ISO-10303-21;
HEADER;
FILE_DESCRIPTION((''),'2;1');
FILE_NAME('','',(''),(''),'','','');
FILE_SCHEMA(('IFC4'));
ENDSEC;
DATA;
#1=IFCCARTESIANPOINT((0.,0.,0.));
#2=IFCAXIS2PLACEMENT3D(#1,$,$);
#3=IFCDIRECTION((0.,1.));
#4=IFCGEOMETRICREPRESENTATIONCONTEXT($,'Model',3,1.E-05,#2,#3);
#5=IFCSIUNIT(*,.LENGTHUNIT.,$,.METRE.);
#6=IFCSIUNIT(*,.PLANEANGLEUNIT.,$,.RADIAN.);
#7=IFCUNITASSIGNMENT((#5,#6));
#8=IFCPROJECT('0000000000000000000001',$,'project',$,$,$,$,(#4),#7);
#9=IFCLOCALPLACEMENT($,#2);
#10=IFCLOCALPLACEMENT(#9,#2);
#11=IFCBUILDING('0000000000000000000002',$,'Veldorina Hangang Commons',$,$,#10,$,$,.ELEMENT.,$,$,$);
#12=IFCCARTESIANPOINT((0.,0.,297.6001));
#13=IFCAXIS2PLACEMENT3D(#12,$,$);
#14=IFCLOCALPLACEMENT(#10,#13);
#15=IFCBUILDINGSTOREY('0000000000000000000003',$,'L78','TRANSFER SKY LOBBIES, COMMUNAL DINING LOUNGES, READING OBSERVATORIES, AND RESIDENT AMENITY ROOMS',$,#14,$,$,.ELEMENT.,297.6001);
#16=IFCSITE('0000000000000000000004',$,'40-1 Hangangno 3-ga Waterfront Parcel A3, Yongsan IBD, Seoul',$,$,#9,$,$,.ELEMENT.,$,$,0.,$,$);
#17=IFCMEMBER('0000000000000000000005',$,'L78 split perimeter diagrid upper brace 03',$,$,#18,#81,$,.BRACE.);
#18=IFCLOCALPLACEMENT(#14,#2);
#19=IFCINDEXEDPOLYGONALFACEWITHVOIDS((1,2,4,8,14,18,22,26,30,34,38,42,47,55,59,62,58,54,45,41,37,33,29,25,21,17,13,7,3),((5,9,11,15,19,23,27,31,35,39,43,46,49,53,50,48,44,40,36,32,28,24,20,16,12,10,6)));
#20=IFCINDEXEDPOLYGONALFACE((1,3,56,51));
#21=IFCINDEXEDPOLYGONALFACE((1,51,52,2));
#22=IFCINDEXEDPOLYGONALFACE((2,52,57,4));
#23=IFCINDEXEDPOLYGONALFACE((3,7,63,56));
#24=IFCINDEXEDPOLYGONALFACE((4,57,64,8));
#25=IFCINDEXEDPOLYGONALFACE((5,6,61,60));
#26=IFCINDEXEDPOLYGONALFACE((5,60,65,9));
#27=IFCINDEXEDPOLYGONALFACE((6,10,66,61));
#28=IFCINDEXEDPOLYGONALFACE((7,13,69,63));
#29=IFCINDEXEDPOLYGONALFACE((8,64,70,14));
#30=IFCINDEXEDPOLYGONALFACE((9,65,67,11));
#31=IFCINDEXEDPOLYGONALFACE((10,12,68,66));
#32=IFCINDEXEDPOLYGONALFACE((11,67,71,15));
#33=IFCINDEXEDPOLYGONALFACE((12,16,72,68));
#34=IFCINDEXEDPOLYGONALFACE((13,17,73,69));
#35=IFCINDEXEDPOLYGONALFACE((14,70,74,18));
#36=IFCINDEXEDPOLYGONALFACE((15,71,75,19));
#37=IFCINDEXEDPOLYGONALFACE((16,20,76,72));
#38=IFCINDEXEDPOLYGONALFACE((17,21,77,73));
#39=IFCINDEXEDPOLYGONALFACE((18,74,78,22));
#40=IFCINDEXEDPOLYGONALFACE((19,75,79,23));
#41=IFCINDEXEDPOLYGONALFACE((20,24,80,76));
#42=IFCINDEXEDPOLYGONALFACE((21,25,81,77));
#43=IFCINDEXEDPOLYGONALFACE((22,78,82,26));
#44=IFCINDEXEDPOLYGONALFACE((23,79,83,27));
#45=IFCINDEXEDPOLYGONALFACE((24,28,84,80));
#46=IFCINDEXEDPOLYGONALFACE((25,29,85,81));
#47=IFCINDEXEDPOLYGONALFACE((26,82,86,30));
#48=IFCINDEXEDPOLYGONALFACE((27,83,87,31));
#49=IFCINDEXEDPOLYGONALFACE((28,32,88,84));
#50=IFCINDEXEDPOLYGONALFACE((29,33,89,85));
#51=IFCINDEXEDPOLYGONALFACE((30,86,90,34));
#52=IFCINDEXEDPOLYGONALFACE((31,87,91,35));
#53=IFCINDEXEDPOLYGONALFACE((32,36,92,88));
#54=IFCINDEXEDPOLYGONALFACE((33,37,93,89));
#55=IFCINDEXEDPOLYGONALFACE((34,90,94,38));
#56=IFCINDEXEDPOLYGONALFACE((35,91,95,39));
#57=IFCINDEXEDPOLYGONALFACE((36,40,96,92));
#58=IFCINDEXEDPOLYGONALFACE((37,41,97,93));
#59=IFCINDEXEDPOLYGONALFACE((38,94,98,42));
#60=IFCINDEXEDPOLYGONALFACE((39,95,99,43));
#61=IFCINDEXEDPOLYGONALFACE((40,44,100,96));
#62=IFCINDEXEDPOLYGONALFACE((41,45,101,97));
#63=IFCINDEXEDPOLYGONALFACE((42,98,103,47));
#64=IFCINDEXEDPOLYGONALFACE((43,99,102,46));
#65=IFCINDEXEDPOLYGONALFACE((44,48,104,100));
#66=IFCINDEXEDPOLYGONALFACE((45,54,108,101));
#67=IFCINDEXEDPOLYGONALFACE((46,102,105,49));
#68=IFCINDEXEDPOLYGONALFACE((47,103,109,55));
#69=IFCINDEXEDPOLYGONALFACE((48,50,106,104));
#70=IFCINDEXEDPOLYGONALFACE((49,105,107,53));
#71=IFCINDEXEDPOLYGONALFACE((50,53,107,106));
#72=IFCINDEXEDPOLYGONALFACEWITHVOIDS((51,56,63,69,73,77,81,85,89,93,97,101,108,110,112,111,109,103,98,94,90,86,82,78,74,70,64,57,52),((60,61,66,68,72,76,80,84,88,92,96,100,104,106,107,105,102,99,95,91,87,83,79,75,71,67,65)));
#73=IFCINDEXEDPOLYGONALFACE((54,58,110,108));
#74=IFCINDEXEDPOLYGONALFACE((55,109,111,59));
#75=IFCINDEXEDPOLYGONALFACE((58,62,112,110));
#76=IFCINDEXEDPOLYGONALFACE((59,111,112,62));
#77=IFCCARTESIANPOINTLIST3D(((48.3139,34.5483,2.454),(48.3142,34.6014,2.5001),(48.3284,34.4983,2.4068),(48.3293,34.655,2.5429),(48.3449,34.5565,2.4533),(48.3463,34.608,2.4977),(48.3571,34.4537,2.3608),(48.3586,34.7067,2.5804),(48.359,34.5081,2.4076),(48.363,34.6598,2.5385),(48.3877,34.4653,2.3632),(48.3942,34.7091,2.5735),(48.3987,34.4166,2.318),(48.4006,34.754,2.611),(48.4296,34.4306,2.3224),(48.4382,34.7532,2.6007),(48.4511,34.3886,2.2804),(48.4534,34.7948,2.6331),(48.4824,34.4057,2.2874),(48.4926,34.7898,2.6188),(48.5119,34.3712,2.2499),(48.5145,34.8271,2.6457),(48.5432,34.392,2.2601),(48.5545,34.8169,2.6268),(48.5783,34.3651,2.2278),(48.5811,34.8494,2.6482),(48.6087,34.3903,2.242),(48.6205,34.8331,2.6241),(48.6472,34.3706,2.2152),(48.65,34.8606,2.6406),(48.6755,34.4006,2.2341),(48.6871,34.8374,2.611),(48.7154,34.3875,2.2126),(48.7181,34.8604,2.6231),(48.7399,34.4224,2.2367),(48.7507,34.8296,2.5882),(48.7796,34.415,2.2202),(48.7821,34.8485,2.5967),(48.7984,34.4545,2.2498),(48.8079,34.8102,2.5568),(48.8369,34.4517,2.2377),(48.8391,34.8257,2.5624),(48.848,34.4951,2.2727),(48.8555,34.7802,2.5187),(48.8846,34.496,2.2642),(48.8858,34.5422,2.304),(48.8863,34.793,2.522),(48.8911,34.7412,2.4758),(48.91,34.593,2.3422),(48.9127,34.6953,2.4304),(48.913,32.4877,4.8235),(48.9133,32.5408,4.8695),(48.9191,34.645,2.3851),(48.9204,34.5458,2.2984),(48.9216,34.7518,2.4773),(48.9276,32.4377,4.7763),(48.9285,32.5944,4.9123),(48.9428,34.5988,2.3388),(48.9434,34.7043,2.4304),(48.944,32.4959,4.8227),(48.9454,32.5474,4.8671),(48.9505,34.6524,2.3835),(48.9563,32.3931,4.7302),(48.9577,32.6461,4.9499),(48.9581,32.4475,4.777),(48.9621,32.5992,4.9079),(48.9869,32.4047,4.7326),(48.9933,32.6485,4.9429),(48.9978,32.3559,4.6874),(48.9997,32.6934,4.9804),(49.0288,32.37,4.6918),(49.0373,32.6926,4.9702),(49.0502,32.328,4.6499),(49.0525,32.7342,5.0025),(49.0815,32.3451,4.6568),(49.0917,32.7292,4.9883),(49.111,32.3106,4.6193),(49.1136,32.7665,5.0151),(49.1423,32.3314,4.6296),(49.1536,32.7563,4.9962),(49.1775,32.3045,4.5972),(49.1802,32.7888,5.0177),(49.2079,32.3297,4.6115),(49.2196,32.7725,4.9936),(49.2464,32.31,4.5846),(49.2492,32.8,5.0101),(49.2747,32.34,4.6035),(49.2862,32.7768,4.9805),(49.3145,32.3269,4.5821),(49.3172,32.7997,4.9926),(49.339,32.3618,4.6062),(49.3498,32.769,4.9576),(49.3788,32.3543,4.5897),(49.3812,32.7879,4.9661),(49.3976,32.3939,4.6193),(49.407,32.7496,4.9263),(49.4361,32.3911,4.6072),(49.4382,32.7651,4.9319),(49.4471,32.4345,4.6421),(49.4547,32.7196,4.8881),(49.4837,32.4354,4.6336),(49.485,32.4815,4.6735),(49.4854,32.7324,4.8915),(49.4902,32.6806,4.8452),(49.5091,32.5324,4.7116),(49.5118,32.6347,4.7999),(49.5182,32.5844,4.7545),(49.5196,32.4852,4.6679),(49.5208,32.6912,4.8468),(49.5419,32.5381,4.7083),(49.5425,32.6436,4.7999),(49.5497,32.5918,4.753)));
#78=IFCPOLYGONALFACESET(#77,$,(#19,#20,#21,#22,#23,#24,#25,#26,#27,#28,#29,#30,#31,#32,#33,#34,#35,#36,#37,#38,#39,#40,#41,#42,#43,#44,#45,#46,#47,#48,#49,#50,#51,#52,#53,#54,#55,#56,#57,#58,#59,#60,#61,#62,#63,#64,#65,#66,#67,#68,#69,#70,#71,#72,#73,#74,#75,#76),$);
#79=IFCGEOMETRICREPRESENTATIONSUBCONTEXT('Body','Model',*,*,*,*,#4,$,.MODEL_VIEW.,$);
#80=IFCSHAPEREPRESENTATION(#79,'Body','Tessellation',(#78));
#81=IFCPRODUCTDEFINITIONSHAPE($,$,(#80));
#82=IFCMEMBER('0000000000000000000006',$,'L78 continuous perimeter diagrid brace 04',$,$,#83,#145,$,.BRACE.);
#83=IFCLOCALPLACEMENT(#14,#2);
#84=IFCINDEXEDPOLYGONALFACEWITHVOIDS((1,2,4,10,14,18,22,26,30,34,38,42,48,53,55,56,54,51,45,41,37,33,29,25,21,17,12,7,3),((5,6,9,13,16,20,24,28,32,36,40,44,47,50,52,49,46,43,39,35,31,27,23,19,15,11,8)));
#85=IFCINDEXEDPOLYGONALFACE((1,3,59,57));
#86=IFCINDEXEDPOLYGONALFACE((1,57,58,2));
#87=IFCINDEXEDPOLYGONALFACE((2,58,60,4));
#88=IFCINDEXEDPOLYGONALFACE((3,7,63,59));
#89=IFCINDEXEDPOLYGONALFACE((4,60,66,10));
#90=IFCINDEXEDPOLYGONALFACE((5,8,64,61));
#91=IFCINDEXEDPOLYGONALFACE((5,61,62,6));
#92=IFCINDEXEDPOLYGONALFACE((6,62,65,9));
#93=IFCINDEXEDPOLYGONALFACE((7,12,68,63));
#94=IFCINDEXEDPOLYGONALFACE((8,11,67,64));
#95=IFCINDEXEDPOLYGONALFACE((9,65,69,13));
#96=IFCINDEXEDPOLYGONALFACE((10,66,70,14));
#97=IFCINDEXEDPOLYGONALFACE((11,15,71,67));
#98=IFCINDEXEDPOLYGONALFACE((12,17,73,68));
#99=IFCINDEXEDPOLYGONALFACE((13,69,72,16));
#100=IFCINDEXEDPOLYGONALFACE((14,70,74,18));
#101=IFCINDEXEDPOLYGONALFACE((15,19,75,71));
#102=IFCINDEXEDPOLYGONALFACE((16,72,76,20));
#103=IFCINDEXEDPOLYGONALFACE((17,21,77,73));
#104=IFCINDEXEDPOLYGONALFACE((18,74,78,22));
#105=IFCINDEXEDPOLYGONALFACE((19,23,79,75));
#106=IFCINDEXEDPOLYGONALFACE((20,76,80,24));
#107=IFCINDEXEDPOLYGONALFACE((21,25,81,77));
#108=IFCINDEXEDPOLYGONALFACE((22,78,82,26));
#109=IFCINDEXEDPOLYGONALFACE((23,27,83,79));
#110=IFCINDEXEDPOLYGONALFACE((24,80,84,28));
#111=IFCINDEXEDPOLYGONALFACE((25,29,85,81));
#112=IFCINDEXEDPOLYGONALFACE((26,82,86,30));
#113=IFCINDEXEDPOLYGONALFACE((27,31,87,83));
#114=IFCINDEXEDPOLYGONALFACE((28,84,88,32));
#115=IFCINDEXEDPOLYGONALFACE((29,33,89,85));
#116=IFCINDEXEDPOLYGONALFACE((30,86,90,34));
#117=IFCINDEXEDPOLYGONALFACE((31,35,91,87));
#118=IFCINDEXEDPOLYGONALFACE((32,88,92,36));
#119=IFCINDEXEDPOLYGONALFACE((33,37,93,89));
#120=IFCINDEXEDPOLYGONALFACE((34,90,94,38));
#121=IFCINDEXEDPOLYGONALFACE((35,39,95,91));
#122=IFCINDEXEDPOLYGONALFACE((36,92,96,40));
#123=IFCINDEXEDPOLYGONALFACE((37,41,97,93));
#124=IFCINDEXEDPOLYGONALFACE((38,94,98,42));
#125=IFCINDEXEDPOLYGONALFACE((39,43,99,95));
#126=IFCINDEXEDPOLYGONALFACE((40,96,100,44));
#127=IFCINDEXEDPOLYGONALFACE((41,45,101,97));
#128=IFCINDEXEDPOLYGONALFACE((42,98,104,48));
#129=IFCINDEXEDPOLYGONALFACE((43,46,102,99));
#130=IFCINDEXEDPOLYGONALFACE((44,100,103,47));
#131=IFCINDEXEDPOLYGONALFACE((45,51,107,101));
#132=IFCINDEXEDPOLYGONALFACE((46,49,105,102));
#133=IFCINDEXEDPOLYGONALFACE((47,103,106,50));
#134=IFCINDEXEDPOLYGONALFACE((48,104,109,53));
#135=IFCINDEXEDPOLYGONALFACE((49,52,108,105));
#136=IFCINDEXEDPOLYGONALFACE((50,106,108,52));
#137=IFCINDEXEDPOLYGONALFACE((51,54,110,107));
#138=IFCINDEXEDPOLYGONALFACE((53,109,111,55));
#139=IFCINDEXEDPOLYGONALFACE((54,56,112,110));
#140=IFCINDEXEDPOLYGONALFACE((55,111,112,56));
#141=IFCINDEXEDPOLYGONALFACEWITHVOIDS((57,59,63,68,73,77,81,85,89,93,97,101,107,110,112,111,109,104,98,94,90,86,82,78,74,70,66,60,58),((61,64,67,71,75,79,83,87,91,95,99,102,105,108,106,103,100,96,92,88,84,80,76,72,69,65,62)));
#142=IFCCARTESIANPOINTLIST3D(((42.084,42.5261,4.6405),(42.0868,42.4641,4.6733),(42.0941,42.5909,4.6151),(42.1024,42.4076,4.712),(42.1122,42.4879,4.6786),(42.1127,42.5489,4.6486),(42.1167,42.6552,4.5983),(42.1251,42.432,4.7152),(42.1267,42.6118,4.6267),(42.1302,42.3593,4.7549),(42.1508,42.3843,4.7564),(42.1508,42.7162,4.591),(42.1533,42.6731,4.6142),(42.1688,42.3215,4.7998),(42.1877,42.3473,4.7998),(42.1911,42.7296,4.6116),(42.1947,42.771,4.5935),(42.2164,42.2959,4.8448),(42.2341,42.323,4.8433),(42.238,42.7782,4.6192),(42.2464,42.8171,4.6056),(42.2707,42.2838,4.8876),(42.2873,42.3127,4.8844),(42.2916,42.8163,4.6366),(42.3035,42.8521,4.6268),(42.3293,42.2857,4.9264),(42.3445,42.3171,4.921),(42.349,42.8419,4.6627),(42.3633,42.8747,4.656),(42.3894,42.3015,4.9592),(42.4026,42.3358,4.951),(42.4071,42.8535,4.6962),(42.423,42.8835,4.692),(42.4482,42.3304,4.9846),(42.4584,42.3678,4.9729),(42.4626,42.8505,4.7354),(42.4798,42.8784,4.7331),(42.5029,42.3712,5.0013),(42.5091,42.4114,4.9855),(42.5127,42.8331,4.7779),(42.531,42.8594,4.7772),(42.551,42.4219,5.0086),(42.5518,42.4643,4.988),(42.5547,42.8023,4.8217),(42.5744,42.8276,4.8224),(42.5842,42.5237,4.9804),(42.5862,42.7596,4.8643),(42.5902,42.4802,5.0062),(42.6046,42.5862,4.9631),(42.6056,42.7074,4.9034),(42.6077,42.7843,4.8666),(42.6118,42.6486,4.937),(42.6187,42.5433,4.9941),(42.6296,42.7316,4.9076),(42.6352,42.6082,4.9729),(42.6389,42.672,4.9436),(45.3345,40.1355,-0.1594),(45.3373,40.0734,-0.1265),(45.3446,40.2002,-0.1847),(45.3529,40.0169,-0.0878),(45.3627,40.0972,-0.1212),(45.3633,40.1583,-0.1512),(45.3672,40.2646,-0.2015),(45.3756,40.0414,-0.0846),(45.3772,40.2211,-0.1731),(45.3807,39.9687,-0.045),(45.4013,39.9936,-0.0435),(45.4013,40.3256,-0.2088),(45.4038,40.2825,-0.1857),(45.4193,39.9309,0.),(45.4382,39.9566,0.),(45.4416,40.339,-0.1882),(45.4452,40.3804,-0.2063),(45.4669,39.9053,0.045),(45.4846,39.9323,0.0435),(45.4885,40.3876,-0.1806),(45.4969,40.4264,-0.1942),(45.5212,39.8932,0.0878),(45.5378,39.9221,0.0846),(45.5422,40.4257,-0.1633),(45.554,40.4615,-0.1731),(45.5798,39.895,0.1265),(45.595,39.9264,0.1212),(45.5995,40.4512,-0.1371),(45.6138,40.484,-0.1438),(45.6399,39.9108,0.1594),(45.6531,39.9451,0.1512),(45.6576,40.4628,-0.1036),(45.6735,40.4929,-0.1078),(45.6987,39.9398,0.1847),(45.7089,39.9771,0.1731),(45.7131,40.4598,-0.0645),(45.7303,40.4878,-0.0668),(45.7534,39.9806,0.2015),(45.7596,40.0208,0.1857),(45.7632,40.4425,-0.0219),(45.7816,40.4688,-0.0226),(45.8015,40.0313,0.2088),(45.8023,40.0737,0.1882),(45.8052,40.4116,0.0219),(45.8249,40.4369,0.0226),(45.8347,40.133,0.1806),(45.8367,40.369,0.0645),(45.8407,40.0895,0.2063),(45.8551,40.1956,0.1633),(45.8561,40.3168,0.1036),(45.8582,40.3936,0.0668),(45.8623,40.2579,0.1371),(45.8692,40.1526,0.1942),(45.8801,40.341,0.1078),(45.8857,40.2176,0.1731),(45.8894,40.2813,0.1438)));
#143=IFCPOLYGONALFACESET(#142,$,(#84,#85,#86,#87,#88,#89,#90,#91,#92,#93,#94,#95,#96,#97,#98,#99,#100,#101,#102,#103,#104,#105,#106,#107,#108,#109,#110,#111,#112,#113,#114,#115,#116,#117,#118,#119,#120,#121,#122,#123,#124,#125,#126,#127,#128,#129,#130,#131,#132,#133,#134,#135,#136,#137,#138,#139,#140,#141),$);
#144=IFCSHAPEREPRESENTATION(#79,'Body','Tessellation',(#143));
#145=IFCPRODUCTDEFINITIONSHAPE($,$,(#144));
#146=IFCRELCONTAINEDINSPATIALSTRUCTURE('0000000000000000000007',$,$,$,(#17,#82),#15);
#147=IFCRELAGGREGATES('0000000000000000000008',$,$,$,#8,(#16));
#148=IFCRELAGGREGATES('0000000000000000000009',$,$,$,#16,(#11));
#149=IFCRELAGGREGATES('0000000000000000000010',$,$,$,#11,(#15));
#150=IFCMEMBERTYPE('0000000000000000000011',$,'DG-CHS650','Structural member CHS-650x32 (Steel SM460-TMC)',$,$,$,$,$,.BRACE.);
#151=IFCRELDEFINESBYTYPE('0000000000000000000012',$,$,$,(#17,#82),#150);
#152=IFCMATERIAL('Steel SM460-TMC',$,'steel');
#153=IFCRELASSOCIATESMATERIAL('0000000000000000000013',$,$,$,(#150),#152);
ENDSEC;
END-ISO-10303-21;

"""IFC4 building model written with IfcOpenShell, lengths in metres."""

from ifc_helpers import new_model, si_unit, direction, frame, origin, origin_2d, place, context, subcontext, project, spatial, hollow_circle, extrude, material, material_profile, profile_set, type_object, element, save


model = new_model("IFC4")

# Units and contexts
model_context = context("Model", 3, precision=1e-05, world=origin(), true_north=direction((0.0, 1.0)))
body_context = subcontext(model_context, "Body", "Model", "MODEL_VIEW")
ifc_project = project(units=[si_unit("LENGTHUNIT", "METRE"), si_unit("PLANEANGLEUNIT", "RADIAN")], contexts=[model_context])

# Site, building, storey
site_placement = place(None, origin())
site = spatial("IfcSite", under=ifc_project, at=site_placement, Name="40-1 Hangangno 3-ga Waterfront Parcel A3, Yongsan IBD, Seoul", CompositionType="ELEMENT", RefElevation=0.0)
building_placement = place(site_placement, origin())
building = spatial("IfcBuilding", under=site, at=building_placement, Name="Veldorina Hangang Commons", CompositionType="ELEMENT")
storey_placement = place(building_placement, frame((0.0, 0.0, 297.6001)))
storey = spatial("IfcBuildingStorey", under=building, at=storey_placement, Name="L78", Description="TRANSFER SKY LOBBIES, COMMUNAL DINING LOUNGES, READING OBSERVATORIES, AND RESIDENT AMENITY ROOMS", CompositionType="ELEMENT", Elevation=297.6001)

# Shared definitions
ifc_material_1 = material(Name="Steel SM460-TMC", Category="steel")

# Members
ifc_material_profile_1 = material_profile(ifc_material_1, hollow_circle(Radius=0.325, WallThickness=0.032, at=origin_2d()), Name="CHS-650x32")
ifc_profile_set_1 = profile_set([ifc_material_profile_1], Name="Steel SM460-TMC")
member_type_1 = type_object("IfcMemberType", Name="DG-CHS650", Description="Structural member CHS-650x32 (Steel SM460-TMC)", PredefinedType="BRACE", material=ifc_profile_set_1)
member_1_placement = place(storey_placement, frame((48.6313, 34.6135, 2.4304), z_axis=(0.18742, -0.644589, 0.741201), x_axis=(0.960234, 0.279196, 0.0)))
element("IfcMember", 1, at=member_1_placement, inside=storey, type_object=member_type_1, Name="L78 split perimeter diagrid upper brace 03", PredefinedType="BRACE", context=body_context, shape_type="SweptSolid", body=[
    extrude(hollow_circle(Radius=0.325, WallThickness=0.032, at=origin_2d()), origin(), (0.0, 0.0, 1.0), 3.1968),
])
member_2_placement = place(storey_placement, frame((45.6118, 40.1926, 0.0), z_axis=(-0.51838, 0.381251, 0.765461), x_axis=(-0.592481, -0.805585, 0.0)))
element("IfcMember", 2, at=member_2_placement, inside=storey, type_object=member_type_1, Name="L78 continuous perimeter diagrid brace 04", PredefinedType="BRACE", context=body_context, shape_type="SweptSolid", body=[
    extrude(hollow_circle(Radius=0.325, WallThickness=0.032, at=origin_2d()), origin(), (0.0, 0.0, 1.0), 6.2705),
])

save(model, "model.ifc")
